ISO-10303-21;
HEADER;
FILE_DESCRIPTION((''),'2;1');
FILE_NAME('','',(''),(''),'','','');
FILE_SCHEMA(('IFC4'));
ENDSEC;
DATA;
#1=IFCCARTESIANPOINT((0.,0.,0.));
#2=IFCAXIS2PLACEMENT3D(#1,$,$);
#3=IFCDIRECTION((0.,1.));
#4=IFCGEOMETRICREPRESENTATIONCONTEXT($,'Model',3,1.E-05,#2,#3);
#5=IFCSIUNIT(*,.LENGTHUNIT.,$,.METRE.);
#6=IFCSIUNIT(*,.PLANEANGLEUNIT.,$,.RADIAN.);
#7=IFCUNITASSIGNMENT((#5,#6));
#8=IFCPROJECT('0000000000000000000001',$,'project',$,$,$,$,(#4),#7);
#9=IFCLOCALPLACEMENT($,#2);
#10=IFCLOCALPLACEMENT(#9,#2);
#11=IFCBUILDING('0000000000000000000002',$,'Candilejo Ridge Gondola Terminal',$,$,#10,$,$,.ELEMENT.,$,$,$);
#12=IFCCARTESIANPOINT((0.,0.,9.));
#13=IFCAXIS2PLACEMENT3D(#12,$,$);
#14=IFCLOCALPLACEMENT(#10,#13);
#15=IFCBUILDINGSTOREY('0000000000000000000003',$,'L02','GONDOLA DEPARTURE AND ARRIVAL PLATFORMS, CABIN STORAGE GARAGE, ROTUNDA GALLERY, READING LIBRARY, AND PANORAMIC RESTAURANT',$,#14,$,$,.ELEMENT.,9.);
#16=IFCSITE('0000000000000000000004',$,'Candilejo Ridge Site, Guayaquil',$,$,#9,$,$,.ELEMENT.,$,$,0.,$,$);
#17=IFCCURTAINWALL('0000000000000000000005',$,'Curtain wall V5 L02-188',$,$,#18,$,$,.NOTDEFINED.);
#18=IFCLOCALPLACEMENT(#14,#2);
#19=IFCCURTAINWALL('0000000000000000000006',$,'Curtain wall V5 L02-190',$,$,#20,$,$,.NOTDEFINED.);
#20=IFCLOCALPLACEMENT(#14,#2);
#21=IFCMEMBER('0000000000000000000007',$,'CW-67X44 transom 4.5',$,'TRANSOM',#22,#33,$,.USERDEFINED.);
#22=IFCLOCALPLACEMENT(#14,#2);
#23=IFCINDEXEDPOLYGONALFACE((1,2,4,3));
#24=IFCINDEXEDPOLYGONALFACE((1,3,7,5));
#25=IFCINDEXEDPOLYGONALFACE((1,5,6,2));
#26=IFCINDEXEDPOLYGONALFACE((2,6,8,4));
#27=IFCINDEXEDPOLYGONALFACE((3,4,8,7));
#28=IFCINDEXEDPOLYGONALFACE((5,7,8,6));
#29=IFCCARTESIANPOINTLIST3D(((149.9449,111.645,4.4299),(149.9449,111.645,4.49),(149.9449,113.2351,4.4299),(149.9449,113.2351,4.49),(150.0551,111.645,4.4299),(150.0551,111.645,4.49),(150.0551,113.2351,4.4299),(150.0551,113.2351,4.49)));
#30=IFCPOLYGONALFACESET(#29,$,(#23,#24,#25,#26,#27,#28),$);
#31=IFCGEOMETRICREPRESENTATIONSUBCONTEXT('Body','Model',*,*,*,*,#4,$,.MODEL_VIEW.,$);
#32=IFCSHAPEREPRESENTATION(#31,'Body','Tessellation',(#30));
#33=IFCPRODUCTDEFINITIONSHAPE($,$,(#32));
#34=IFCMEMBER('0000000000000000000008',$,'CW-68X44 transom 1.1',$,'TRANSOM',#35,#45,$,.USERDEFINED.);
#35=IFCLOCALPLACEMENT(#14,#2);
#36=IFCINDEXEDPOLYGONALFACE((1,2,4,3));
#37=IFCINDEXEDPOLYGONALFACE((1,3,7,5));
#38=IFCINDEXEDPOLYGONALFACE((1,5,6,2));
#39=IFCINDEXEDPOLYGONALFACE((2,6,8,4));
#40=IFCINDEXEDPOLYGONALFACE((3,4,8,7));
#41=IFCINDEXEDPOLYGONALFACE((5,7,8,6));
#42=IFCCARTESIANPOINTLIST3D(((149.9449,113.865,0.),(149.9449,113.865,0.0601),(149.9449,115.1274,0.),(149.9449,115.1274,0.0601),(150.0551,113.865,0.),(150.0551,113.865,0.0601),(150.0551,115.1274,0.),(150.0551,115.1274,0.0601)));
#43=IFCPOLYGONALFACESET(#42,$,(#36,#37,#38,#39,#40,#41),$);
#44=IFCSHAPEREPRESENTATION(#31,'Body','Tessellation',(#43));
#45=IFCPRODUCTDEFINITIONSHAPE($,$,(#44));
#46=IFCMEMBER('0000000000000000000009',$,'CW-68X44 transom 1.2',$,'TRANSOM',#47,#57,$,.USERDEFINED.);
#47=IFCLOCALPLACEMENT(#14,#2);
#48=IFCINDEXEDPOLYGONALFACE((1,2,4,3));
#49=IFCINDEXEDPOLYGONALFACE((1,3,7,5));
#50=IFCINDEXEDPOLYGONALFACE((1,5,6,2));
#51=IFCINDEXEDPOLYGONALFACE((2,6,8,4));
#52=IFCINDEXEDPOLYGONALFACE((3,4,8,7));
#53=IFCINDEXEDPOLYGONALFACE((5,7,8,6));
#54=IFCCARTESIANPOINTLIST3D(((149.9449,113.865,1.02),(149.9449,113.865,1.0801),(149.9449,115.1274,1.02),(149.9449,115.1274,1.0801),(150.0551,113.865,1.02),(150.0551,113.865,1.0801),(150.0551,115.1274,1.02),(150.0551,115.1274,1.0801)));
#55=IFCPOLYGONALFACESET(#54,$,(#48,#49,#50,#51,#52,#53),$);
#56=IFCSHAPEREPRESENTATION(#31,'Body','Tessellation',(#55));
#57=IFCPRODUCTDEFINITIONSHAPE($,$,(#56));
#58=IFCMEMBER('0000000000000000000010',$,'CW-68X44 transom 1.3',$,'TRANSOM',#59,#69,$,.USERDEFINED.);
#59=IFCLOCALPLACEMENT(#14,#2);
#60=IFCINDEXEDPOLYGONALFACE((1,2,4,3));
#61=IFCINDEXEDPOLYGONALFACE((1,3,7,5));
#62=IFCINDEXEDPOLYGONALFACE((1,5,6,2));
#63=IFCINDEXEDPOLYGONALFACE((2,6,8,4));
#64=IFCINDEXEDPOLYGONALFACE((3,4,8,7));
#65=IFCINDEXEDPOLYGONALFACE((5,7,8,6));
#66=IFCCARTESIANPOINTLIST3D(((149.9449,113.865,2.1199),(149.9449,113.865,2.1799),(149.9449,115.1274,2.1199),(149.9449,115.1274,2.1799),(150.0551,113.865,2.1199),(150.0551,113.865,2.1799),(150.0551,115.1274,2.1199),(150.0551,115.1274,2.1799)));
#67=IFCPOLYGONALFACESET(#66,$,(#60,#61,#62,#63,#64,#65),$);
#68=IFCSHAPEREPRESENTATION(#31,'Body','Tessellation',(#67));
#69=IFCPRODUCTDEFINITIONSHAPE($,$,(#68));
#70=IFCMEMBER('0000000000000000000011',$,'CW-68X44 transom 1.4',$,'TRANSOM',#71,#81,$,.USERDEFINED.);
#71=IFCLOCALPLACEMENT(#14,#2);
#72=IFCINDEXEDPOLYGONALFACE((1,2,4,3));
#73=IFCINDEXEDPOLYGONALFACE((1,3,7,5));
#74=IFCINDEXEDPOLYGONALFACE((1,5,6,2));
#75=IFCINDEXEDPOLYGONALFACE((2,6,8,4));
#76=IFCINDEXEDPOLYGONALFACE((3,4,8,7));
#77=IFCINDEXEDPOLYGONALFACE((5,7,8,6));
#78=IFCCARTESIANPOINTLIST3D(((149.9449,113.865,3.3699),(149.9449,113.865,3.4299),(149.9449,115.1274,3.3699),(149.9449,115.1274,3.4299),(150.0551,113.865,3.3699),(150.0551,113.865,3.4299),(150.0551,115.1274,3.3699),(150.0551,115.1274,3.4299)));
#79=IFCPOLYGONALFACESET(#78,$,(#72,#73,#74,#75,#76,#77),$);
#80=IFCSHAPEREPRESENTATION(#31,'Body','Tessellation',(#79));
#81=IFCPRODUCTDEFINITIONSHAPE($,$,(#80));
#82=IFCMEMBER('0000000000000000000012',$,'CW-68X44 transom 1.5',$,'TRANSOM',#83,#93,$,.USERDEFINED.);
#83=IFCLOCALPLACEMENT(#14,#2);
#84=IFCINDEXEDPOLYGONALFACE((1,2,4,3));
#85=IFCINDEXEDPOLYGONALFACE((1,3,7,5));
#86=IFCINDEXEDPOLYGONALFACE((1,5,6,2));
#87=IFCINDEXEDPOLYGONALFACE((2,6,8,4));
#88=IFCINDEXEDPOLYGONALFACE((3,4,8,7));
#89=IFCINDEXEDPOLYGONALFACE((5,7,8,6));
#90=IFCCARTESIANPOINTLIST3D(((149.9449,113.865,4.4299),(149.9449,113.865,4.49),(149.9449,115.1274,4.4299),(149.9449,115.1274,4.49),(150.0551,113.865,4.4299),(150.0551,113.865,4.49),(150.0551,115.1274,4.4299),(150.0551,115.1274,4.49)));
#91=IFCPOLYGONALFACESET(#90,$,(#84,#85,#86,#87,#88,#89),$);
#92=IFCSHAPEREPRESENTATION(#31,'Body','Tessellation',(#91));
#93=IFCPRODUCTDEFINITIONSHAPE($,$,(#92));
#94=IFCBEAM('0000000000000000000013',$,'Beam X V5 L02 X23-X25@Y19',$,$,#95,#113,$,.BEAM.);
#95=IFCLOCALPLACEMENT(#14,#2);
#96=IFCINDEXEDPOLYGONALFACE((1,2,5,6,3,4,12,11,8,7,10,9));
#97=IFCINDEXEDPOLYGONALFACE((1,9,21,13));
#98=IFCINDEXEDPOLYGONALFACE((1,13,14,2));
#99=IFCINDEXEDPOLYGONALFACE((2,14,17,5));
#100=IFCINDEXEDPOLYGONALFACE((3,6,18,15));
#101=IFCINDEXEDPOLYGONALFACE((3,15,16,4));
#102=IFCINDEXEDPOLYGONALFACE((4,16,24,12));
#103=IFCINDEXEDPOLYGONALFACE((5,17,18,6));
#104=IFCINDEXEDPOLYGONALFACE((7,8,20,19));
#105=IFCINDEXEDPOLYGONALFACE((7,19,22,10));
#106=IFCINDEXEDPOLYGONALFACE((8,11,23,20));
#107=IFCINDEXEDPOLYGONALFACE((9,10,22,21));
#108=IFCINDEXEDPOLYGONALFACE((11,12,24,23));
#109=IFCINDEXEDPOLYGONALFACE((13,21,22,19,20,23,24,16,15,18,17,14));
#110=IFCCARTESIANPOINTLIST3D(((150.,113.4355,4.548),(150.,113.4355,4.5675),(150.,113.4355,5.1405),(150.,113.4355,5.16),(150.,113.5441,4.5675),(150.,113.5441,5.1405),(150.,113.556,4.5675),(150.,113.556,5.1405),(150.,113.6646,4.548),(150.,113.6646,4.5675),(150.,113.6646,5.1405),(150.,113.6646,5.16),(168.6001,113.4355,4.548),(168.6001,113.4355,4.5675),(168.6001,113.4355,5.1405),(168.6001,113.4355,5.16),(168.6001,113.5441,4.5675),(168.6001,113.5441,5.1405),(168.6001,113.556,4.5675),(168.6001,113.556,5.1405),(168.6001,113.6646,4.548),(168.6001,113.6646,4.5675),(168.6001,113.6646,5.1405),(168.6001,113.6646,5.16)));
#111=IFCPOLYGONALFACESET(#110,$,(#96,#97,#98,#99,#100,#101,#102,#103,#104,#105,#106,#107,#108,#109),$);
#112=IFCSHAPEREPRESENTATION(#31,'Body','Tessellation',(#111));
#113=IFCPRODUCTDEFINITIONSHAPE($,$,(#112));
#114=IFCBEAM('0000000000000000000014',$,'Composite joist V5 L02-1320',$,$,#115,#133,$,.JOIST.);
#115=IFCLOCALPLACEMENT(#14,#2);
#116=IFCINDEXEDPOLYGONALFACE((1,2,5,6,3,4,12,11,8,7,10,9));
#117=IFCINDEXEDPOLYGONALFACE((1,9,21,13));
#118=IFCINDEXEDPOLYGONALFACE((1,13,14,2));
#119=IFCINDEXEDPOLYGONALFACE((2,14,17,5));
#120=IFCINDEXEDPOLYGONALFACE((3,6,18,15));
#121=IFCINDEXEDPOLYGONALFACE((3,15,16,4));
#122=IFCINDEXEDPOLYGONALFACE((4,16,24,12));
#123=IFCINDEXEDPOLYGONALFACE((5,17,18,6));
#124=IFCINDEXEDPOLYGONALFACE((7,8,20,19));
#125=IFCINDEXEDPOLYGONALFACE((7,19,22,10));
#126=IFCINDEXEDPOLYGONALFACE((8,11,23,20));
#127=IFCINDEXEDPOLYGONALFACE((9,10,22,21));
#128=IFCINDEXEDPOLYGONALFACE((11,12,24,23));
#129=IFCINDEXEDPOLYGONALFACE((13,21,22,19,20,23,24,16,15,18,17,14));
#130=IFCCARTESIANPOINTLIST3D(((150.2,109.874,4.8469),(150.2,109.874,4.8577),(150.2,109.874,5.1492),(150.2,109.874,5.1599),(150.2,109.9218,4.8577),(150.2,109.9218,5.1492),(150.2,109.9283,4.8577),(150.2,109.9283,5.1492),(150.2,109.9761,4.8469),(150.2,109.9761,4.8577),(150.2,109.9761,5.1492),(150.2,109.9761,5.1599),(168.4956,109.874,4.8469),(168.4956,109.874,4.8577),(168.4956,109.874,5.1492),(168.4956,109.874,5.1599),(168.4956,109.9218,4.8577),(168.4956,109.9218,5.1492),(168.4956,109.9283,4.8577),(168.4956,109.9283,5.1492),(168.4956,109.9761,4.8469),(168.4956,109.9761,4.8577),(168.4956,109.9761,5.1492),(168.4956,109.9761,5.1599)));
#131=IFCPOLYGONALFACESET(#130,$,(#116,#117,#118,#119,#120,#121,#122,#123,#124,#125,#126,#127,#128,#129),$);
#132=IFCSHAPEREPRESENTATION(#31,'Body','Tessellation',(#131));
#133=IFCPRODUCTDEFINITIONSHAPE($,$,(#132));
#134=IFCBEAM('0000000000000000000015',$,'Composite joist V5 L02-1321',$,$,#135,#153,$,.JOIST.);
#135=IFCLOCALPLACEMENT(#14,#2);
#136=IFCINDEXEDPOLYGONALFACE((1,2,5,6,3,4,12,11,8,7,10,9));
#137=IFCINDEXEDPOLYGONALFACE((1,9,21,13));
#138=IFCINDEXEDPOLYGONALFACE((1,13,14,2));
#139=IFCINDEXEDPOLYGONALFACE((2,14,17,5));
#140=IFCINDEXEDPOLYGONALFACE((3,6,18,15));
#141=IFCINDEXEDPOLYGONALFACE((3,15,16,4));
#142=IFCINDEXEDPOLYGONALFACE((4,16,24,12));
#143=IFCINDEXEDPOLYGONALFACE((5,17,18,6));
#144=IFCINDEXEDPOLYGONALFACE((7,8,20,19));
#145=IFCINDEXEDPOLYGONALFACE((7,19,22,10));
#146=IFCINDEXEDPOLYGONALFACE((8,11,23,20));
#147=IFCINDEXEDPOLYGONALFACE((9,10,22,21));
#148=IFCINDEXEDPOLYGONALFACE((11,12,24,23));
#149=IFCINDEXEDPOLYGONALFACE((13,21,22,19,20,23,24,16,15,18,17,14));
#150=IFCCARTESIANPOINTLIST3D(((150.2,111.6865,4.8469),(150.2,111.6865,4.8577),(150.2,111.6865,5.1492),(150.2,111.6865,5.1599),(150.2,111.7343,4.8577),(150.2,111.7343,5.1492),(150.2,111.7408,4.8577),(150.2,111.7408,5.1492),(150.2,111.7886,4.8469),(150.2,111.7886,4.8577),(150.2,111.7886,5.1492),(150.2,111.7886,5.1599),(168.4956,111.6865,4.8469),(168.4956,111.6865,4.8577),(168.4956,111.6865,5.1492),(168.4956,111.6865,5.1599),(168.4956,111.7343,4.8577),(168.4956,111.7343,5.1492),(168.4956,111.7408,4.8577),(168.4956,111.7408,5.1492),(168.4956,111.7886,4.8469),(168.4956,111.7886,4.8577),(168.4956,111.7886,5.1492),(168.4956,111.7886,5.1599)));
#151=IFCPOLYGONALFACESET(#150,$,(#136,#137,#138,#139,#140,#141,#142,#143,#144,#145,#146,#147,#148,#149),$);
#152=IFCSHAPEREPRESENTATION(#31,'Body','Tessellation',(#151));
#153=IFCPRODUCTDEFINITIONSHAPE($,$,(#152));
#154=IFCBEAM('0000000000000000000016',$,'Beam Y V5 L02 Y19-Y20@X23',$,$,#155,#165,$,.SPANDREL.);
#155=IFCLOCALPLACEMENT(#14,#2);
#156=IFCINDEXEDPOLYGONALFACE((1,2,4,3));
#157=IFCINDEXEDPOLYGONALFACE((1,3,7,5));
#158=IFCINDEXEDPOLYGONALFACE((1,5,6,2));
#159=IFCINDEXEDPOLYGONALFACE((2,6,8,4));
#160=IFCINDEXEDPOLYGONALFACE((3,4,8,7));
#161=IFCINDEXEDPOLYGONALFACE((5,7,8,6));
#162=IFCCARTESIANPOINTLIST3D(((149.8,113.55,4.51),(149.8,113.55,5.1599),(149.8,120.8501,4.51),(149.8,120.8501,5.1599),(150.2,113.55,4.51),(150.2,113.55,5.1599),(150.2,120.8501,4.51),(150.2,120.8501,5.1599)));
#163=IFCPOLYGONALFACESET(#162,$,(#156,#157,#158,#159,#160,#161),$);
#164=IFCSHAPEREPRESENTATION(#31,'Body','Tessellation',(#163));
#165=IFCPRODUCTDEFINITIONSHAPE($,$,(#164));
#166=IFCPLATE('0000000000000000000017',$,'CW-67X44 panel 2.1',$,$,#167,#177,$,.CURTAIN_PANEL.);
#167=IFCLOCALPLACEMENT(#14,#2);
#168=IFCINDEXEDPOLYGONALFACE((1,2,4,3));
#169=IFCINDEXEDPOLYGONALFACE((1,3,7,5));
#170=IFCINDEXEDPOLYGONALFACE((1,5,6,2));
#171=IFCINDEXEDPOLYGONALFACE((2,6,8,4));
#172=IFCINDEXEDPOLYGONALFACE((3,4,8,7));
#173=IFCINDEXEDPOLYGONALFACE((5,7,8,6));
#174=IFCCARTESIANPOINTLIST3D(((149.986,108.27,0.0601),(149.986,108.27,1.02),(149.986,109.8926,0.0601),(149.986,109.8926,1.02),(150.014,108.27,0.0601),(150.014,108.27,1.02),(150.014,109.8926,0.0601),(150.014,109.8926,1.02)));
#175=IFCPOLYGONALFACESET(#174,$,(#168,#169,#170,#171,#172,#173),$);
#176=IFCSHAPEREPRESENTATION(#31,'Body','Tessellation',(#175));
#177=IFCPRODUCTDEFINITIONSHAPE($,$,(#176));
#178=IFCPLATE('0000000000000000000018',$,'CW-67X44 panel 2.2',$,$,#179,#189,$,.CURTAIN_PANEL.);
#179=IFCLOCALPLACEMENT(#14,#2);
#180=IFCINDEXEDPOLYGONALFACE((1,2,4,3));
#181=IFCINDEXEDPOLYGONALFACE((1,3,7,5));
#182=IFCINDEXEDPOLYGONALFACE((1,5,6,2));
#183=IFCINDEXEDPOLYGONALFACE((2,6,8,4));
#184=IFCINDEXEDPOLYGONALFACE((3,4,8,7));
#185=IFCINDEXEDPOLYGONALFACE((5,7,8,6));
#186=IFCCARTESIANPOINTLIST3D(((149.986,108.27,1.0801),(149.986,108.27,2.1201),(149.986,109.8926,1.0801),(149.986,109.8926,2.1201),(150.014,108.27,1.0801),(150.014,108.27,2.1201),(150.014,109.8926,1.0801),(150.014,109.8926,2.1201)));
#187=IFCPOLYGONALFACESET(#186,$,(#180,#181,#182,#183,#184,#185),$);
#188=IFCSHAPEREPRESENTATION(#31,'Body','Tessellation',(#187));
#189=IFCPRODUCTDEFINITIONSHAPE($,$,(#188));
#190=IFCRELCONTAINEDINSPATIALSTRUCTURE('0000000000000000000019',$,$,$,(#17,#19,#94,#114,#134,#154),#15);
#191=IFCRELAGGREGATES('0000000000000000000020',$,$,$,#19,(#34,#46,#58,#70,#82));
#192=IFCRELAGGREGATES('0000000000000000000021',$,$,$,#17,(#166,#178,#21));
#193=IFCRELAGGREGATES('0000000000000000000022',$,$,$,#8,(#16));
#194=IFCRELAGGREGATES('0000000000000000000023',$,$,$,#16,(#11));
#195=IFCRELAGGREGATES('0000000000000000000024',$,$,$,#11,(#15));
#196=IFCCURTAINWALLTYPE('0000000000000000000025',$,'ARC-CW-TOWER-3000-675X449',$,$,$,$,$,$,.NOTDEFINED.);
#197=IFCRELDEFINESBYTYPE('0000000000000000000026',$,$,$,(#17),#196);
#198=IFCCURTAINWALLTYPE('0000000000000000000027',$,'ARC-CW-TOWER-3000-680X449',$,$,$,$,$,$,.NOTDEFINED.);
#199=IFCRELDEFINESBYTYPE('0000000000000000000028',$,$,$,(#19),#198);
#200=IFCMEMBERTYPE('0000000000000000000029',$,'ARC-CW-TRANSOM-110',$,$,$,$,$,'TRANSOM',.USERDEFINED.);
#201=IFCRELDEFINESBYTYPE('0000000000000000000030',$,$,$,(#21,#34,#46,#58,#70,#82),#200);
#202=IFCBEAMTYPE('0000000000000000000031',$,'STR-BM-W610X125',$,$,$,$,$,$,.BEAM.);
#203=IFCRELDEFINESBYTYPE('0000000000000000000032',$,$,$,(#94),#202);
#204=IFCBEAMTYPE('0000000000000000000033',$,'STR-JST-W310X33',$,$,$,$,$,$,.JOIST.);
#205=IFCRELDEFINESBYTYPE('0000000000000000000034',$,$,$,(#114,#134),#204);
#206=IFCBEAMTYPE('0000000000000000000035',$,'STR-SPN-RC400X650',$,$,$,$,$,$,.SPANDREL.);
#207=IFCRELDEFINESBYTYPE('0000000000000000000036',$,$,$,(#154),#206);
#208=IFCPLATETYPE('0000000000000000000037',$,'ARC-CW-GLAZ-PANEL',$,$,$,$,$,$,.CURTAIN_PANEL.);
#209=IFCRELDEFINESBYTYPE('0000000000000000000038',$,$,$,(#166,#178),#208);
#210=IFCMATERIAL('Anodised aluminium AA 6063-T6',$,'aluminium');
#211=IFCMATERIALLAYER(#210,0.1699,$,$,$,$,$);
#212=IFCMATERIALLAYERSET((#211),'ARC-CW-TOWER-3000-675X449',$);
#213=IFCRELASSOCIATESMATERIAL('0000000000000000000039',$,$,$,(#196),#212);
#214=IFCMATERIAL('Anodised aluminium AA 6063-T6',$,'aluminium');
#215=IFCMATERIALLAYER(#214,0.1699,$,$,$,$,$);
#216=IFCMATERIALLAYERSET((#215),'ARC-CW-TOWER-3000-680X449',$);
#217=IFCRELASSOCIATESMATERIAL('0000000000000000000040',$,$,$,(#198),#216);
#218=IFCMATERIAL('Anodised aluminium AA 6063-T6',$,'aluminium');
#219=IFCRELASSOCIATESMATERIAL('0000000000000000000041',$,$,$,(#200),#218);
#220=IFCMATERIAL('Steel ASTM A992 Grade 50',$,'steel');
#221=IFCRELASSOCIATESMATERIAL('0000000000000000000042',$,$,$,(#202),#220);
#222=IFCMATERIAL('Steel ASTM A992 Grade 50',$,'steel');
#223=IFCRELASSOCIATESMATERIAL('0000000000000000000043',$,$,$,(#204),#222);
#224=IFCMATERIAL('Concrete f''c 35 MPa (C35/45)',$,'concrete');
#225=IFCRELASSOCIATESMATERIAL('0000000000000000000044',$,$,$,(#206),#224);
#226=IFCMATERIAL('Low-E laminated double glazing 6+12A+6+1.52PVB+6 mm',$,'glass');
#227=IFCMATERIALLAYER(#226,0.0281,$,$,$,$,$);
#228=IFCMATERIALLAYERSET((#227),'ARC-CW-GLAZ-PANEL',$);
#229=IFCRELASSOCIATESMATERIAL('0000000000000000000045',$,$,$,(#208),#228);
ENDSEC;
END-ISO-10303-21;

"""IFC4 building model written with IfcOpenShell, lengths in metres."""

from ifc_helpers import new_model, si_unit, direction, frame, origin, origin_2d, place, context, subcontext, project, spatial, rectangle, i_section, extrude, material, layer, layer_set, material_profile, profile_set, type_object, element, aggregate, save


model = new_model("IFC4")

# Units and contexts
model_context = context("Model", 3, precision=1e-05, world=origin(), true_north=direction((0.0, 1.0)))
body_context = subcontext(model_context, "Body", "Model", "MODEL_VIEW")
ifc_project = project(units=[si_unit("LENGTHUNIT", "METRE"), si_unit("PLANEANGLEUNIT", "RADIAN")], contexts=[model_context])

# Site, building, storey
site_placement = place(None, origin())
site = spatial("IfcSite", under=ifc_project, at=site_placement, Name="Candilejo Ridge Site, Guayaquil", CompositionType="ELEMENT", RefElevation=0.0)
building_placement = place(site_placement, origin())
building = spatial("IfcBuilding", under=site, at=building_placement, Name="Candilejo Ridge Gondola Terminal", CompositionType="ELEMENT")
storey_placement = place(building_placement, frame((0.0, 0.0, 9.0)))
storey = spatial("IfcBuildingStorey", under=building, at=storey_placement, Name="L02", Description="GONDOLA DEPARTURE AND ARRIVAL PLATFORMS, CABIN STORAGE GARAGE, ROTUNDA GALLERY, READING LIBRARY, AND PANORAMIC RESTAURANT", CompositionType="ELEMENT", Elevation=9.0)

# Curtain wall
ifc_material_1 = material(Name="Anodised aluminium AA 6063-T6", Category="aluminium")
ifc_layer_1 = layer(ifc_material_1, 0.1699)
ifc_layer_set_1 = layer_set([ifc_layer_1], Name="ARC-CW-TOWER-3000-675X449")
curtain_wall_type_1 = type_object("IfcCurtainWallType", Name="ARC-CW-TOWER-3000-675X449", PredefinedType="NOTDEFINED", material=ifc_layer_set_1)
curtain_wall_1_placement = place(storey_placement, origin())
curtain_wall_1 = element("IfcCurtainWall", 1, at=curtain_wall_1_placement, inside=storey, type_object=curtain_wall_type_1, Name="Curtain wall V5 L02-188", PredefinedType="NOTDEFINED")

# Curtain wall
ifc_material_2 = material(Name="Anodised aluminium AA 6063-T6", Category="aluminium")
ifc_layer_2 = layer(ifc_material_2, 0.1699)
ifc_layer_set_2 = layer_set([ifc_layer_2], Name="ARC-CW-TOWER-3000-680X449")
curtain_wall_type_2 = type_object("IfcCurtainWallType", Name="ARC-CW-TOWER-3000-680X449", PredefinedType="NOTDEFINED", material=ifc_layer_set_2)
curtain_wall_2_placement = place(storey_placement, origin())
curtain_wall_2 = element("IfcCurtainWall", 2, at=curtain_wall_2_placement, inside=storey, type_object=curtain_wall_type_2, Name="Curtain wall V5 L02-190", PredefinedType="NOTDEFINED")

# Members
ifc_material_3 = material(Name="Anodised aluminium AA 6063-T6", Category="aluminium")
ifc_material_profile_1 = material_profile(ifc_material_3, rectangle(XDim=0.1101, YDim=0.0601, at=origin_2d()))
ifc_profile_set_1 = profile_set([ifc_material_profile_1], Name="Anodised aluminium AA 6063-T6")
member_type_1 = type_object("IfcMemberType", Name="ARC-CW-TRANSOM-110", ElementType="TRANSOM", PredefinedType="USERDEFINED", material=ifc_profile_set_1)
member_1_placement = place(storey_placement, frame((150.0, 111.645, 4.46), z_axis=(0.0, 1.0, 0.0), x_axis=(-1.0, 0.0, 0.0)))
member_1 = element("IfcMember", 3, at=member_1_placement, type_object=member_type_1, Name="CW-67X44 transom 4.5", ObjectType="TRANSOM", PredefinedType="USERDEFINED", context=body_context, shape_type="SweptSolid", body=[
    extrude(rectangle(XDim=0.1101, YDim=0.0601, at=origin_2d()), origin(), (0.0, 0.0, 1.0), 1.5901),
])
member_2_placement = place(storey_placement, frame((150.0, 113.865, 0.03), z_axis=(0.0, 1.0, 0.0), x_axis=(-1.0, 0.0, 0.0)))
member_2 = element("IfcMember", 4, at=member_2_placement, type_object=member_type_1, Name="CW-68X44 transom 1.1", ObjectType="TRANSOM", PredefinedType="USERDEFINED", context=body_context, shape_type="SweptSolid", body=[
    extrude(rectangle(XDim=0.1101, YDim=0.0601, at=origin_2d()), origin(), (0.0, 0.0, 1.0), 1.2625),
])
member_3_placement = place(storey_placement, frame((150.0, 113.865, 1.05), z_axis=(0.0, 1.0, 0.0), x_axis=(-1.0, 0.0, 0.0)))
member_3 = element("IfcMember", 5, at=member_3_placement, type_object=member_type_1, Name="CW-68X44 transom 1.2", ObjectType="TRANSOM", PredefinedType="USERDEFINED", context=body_context, shape_type="SweptSolid", body=[
    extrude(rectangle(XDim=0.1101, YDim=0.0601, at=origin_2d()), origin(), (0.0, 0.0, 1.0), 1.2625),
])
member_4_placement = place(storey_placement, frame((150.0, 113.865, 2.1499), z_axis=(0.0, 1.0, 0.0), x_axis=(-1.0, 0.0, 0.0)))
member_4 = element("IfcMember", 6, at=member_4_placement, type_object=member_type_1, Name="CW-68X44 transom 1.3", ObjectType="TRANSOM", PredefinedType="USERDEFINED", context=body_context, shape_type="SweptSolid", body=[
    extrude(rectangle(XDim=0.1101, YDim=0.0601, at=origin_2d()), origin(), (0.0, 0.0, 1.0), 1.2625),
])
member_5_placement = place(storey_placement, frame((150.0, 113.865, 3.3999), z_axis=(0.0, 1.0, 0.0), x_axis=(-1.0, 0.0, 0.0)))
member_5 = element("IfcMember", 7, at=member_5_placement, type_object=member_type_1, Name="CW-68X44 transom 1.4", ObjectType="TRANSOM", PredefinedType="USERDEFINED", context=body_context, shape_type="SweptSolid", body=[
    extrude(rectangle(XDim=0.1101, YDim=0.0601, at=origin_2d()), origin(), (0.0, 0.0, 1.0), 1.2625),
])
member_6_placement = place(storey_placement, frame((150.0, 113.865, 4.46), z_axis=(0.0, 1.0, 0.0), x_axis=(-1.0, 0.0, 0.0)))
member_6 = element("IfcMember", 8, at=member_6_placement, type_object=member_type_1, Name="CW-68X44 transom 1.5", ObjectType="TRANSOM", PredefinedType="USERDEFINED", context=body_context, shape_type="SweptSolid", body=[
    extrude(rectangle(XDim=0.1101, YDim=0.0601, at=origin_2d()), origin(), (0.0, 0.0, 1.0), 1.2625),
])
aggregate(curtain_wall_2, [member_2, member_3, member_4, member_5, member_6])

# Beams
ifc_material_4 = material(Name="Steel ASTM A992 Grade 50", Category="steel")
ifc_material_profile_2 = material_profile(ifc_material_4, i_section(OverallWidth=0.229, OverallDepth=0.6121, WebThickness=0.012, FlangeThickness=0.0195, at=origin_2d()))
ifc_profile_set_2 = profile_set([ifc_material_profile_2], Name="Steel ASTM A992 Grade 50")
beam_type_1 = type_object("IfcBeamType", Name="STR-BM-W610X125", PredefinedType="BEAM", material=ifc_profile_set_2)
beam_1_placement = place(storey_placement, frame((150.0, 113.55, 4.854), z_axis=(1.0, 0.0, 0.0), x_axis=(0.0, 1.0, 0.0)))
element("IfcBeam", 9, at=beam_1_placement, inside=storey, type_object=beam_type_1, Name="Beam X V5 L02 X23-X25@Y19", PredefinedType="BEAM", context=body_context, shape_type="SweptSolid", body=[
    extrude(i_section(OverallWidth=0.229, OverallDepth=0.6121, WebThickness=0.012, FlangeThickness=0.0195, at=origin_2d()), origin(), (0.0, 0.0, 1.0), 18.6001),
])
ifc_material_5 = material(Name="Steel ASTM A992 Grade 50", Category="steel")
ifc_material_profile_3 = material_profile(ifc_material_5, i_section(OverallWidth=0.1021, OverallDepth=0.313, WebThickness=0.0066, FlangeThickness=0.0107, at=origin_2d()))
ifc_profile_set_3 = profile_set([ifc_material_profile_3], Name="Steel ASTM A992 Grade 50")
beam_type_2 = type_object("IfcBeamType", Name="STR-JST-W310X33", PredefinedType="JOIST", material=ifc_profile_set_3)
for number, where, z_axis, x_axis, name in (
    (10, (150.2, 109.925, 5.0034), (1.0, 0.0, 0.0), (0.0, 1.0, 0.0), "Composite joist V5 L02-1320"),
    (11, (150.2, 111.7375, 5.0034), (1.0, 0.0, 0.0), (0.0, 1.0, 0.0), "Composite joist V5 L02-1321"),
):
    element("IfcBeam", number, at=place(storey_placement, frame(where, z_axis=z_axis, x_axis=x_axis)), inside=storey, type_object=beam_type_2, Name=name, PredefinedType="JOIST", context=body_context, shape_type="SweptSolid", body=[
        extrude(i_section(OverallWidth=0.1021, OverallDepth=0.313, WebThickness=0.0066, FlangeThickness=0.0107, at=origin_2d()), origin(), (0.0, 0.0, 1.0), 18.2957),
    ])
ifc_material_6 = material(Name="Concrete f'c 35 MPa (C35/45)", Category="concrete")
ifc_material_profile_4 = material_profile(ifc_material_6, rectangle(XDim=0.3999, YDim=0.6499, at=origin_2d()))
ifc_profile_set_4 = profile_set([ifc_material_profile_4], Name="Concrete f'c 35 MPa (C35/45)")
beam_type_3 = type_object("IfcBeamType", Name="STR-SPN-RC400X650", PredefinedType="SPANDREL", material=ifc_profile_set_4)
beam_2_placement = place(storey_placement, frame((150.0, 113.55, 4.835), z_axis=(0.0, 1.0, 0.0), x_axis=(-1.0, 0.0, 0.0)))
element("IfcBeam", 12, at=beam_2_placement, inside=storey, type_object=beam_type_3, Name="Beam Y V5 L02 Y19-Y20@X23", PredefinedType="SPANDREL", context=body_context, shape_type="SweptSolid", body=[
    extrude(rectangle(XDim=0.3999, YDim=0.6499, at=origin_2d()), origin(), (0.0, 0.0, 1.0), 7.3),
])

# Plates
ifc_material_7 = material(Name="Low-E laminated double glazing 6+12A+6+1.52PVB+6 mm", Category="glass")
ifc_layer_3 = layer(ifc_material_7, 0.0281)
ifc_layer_set_3 = layer_set([ifc_layer_3], Name="ARC-CW-GLAZ-PANEL")
plate_type = type_object("IfcPlateType", Name="ARC-CW-GLAZ-PANEL", PredefinedType="CURTAIN_PANEL", material=ifc_layer_set_3)
plate_1_placement = place(storey_placement, frame((150.0, 109.0813, 0.0601), z_axis=(0.0, 0.0, 1.0), x_axis=(0.0, 1.0, 0.0)))
plate_1 = element("IfcPlate", 13, at=plate_1_placement, type_object=plate_type, Name="CW-67X44 panel 2.1", PredefinedType="CURTAIN_PANEL", context=body_context, shape_type="SweptSolid", body=[
    extrude(rectangle(XDim=1.6226, YDim=0.0281, at=origin_2d()), origin(), (0.0, 0.0, 1.0), 0.96),
])
plate_2_placement = place(storey_placement, frame((150.0, 109.0813, 1.0801), z_axis=(0.0, 0.0, 1.0), x_axis=(0.0, 1.0, 0.0)))
plate_2 = element("IfcPlate", 14, at=plate_2_placement, type_object=plate_type, Name="CW-67X44 panel 2.2", PredefinedType="CURTAIN_PANEL", context=body_context, shape_type="SweptSolid", body=[
    extrude(rectangle(XDim=1.6226, YDim=0.0281, at=origin_2d()), origin(), (0.0, 0.0, 1.0), 1.04),
])
aggregate(curtain_wall_1, [plate_1, plate_2, member_1])

save(model, "model.ifc")
